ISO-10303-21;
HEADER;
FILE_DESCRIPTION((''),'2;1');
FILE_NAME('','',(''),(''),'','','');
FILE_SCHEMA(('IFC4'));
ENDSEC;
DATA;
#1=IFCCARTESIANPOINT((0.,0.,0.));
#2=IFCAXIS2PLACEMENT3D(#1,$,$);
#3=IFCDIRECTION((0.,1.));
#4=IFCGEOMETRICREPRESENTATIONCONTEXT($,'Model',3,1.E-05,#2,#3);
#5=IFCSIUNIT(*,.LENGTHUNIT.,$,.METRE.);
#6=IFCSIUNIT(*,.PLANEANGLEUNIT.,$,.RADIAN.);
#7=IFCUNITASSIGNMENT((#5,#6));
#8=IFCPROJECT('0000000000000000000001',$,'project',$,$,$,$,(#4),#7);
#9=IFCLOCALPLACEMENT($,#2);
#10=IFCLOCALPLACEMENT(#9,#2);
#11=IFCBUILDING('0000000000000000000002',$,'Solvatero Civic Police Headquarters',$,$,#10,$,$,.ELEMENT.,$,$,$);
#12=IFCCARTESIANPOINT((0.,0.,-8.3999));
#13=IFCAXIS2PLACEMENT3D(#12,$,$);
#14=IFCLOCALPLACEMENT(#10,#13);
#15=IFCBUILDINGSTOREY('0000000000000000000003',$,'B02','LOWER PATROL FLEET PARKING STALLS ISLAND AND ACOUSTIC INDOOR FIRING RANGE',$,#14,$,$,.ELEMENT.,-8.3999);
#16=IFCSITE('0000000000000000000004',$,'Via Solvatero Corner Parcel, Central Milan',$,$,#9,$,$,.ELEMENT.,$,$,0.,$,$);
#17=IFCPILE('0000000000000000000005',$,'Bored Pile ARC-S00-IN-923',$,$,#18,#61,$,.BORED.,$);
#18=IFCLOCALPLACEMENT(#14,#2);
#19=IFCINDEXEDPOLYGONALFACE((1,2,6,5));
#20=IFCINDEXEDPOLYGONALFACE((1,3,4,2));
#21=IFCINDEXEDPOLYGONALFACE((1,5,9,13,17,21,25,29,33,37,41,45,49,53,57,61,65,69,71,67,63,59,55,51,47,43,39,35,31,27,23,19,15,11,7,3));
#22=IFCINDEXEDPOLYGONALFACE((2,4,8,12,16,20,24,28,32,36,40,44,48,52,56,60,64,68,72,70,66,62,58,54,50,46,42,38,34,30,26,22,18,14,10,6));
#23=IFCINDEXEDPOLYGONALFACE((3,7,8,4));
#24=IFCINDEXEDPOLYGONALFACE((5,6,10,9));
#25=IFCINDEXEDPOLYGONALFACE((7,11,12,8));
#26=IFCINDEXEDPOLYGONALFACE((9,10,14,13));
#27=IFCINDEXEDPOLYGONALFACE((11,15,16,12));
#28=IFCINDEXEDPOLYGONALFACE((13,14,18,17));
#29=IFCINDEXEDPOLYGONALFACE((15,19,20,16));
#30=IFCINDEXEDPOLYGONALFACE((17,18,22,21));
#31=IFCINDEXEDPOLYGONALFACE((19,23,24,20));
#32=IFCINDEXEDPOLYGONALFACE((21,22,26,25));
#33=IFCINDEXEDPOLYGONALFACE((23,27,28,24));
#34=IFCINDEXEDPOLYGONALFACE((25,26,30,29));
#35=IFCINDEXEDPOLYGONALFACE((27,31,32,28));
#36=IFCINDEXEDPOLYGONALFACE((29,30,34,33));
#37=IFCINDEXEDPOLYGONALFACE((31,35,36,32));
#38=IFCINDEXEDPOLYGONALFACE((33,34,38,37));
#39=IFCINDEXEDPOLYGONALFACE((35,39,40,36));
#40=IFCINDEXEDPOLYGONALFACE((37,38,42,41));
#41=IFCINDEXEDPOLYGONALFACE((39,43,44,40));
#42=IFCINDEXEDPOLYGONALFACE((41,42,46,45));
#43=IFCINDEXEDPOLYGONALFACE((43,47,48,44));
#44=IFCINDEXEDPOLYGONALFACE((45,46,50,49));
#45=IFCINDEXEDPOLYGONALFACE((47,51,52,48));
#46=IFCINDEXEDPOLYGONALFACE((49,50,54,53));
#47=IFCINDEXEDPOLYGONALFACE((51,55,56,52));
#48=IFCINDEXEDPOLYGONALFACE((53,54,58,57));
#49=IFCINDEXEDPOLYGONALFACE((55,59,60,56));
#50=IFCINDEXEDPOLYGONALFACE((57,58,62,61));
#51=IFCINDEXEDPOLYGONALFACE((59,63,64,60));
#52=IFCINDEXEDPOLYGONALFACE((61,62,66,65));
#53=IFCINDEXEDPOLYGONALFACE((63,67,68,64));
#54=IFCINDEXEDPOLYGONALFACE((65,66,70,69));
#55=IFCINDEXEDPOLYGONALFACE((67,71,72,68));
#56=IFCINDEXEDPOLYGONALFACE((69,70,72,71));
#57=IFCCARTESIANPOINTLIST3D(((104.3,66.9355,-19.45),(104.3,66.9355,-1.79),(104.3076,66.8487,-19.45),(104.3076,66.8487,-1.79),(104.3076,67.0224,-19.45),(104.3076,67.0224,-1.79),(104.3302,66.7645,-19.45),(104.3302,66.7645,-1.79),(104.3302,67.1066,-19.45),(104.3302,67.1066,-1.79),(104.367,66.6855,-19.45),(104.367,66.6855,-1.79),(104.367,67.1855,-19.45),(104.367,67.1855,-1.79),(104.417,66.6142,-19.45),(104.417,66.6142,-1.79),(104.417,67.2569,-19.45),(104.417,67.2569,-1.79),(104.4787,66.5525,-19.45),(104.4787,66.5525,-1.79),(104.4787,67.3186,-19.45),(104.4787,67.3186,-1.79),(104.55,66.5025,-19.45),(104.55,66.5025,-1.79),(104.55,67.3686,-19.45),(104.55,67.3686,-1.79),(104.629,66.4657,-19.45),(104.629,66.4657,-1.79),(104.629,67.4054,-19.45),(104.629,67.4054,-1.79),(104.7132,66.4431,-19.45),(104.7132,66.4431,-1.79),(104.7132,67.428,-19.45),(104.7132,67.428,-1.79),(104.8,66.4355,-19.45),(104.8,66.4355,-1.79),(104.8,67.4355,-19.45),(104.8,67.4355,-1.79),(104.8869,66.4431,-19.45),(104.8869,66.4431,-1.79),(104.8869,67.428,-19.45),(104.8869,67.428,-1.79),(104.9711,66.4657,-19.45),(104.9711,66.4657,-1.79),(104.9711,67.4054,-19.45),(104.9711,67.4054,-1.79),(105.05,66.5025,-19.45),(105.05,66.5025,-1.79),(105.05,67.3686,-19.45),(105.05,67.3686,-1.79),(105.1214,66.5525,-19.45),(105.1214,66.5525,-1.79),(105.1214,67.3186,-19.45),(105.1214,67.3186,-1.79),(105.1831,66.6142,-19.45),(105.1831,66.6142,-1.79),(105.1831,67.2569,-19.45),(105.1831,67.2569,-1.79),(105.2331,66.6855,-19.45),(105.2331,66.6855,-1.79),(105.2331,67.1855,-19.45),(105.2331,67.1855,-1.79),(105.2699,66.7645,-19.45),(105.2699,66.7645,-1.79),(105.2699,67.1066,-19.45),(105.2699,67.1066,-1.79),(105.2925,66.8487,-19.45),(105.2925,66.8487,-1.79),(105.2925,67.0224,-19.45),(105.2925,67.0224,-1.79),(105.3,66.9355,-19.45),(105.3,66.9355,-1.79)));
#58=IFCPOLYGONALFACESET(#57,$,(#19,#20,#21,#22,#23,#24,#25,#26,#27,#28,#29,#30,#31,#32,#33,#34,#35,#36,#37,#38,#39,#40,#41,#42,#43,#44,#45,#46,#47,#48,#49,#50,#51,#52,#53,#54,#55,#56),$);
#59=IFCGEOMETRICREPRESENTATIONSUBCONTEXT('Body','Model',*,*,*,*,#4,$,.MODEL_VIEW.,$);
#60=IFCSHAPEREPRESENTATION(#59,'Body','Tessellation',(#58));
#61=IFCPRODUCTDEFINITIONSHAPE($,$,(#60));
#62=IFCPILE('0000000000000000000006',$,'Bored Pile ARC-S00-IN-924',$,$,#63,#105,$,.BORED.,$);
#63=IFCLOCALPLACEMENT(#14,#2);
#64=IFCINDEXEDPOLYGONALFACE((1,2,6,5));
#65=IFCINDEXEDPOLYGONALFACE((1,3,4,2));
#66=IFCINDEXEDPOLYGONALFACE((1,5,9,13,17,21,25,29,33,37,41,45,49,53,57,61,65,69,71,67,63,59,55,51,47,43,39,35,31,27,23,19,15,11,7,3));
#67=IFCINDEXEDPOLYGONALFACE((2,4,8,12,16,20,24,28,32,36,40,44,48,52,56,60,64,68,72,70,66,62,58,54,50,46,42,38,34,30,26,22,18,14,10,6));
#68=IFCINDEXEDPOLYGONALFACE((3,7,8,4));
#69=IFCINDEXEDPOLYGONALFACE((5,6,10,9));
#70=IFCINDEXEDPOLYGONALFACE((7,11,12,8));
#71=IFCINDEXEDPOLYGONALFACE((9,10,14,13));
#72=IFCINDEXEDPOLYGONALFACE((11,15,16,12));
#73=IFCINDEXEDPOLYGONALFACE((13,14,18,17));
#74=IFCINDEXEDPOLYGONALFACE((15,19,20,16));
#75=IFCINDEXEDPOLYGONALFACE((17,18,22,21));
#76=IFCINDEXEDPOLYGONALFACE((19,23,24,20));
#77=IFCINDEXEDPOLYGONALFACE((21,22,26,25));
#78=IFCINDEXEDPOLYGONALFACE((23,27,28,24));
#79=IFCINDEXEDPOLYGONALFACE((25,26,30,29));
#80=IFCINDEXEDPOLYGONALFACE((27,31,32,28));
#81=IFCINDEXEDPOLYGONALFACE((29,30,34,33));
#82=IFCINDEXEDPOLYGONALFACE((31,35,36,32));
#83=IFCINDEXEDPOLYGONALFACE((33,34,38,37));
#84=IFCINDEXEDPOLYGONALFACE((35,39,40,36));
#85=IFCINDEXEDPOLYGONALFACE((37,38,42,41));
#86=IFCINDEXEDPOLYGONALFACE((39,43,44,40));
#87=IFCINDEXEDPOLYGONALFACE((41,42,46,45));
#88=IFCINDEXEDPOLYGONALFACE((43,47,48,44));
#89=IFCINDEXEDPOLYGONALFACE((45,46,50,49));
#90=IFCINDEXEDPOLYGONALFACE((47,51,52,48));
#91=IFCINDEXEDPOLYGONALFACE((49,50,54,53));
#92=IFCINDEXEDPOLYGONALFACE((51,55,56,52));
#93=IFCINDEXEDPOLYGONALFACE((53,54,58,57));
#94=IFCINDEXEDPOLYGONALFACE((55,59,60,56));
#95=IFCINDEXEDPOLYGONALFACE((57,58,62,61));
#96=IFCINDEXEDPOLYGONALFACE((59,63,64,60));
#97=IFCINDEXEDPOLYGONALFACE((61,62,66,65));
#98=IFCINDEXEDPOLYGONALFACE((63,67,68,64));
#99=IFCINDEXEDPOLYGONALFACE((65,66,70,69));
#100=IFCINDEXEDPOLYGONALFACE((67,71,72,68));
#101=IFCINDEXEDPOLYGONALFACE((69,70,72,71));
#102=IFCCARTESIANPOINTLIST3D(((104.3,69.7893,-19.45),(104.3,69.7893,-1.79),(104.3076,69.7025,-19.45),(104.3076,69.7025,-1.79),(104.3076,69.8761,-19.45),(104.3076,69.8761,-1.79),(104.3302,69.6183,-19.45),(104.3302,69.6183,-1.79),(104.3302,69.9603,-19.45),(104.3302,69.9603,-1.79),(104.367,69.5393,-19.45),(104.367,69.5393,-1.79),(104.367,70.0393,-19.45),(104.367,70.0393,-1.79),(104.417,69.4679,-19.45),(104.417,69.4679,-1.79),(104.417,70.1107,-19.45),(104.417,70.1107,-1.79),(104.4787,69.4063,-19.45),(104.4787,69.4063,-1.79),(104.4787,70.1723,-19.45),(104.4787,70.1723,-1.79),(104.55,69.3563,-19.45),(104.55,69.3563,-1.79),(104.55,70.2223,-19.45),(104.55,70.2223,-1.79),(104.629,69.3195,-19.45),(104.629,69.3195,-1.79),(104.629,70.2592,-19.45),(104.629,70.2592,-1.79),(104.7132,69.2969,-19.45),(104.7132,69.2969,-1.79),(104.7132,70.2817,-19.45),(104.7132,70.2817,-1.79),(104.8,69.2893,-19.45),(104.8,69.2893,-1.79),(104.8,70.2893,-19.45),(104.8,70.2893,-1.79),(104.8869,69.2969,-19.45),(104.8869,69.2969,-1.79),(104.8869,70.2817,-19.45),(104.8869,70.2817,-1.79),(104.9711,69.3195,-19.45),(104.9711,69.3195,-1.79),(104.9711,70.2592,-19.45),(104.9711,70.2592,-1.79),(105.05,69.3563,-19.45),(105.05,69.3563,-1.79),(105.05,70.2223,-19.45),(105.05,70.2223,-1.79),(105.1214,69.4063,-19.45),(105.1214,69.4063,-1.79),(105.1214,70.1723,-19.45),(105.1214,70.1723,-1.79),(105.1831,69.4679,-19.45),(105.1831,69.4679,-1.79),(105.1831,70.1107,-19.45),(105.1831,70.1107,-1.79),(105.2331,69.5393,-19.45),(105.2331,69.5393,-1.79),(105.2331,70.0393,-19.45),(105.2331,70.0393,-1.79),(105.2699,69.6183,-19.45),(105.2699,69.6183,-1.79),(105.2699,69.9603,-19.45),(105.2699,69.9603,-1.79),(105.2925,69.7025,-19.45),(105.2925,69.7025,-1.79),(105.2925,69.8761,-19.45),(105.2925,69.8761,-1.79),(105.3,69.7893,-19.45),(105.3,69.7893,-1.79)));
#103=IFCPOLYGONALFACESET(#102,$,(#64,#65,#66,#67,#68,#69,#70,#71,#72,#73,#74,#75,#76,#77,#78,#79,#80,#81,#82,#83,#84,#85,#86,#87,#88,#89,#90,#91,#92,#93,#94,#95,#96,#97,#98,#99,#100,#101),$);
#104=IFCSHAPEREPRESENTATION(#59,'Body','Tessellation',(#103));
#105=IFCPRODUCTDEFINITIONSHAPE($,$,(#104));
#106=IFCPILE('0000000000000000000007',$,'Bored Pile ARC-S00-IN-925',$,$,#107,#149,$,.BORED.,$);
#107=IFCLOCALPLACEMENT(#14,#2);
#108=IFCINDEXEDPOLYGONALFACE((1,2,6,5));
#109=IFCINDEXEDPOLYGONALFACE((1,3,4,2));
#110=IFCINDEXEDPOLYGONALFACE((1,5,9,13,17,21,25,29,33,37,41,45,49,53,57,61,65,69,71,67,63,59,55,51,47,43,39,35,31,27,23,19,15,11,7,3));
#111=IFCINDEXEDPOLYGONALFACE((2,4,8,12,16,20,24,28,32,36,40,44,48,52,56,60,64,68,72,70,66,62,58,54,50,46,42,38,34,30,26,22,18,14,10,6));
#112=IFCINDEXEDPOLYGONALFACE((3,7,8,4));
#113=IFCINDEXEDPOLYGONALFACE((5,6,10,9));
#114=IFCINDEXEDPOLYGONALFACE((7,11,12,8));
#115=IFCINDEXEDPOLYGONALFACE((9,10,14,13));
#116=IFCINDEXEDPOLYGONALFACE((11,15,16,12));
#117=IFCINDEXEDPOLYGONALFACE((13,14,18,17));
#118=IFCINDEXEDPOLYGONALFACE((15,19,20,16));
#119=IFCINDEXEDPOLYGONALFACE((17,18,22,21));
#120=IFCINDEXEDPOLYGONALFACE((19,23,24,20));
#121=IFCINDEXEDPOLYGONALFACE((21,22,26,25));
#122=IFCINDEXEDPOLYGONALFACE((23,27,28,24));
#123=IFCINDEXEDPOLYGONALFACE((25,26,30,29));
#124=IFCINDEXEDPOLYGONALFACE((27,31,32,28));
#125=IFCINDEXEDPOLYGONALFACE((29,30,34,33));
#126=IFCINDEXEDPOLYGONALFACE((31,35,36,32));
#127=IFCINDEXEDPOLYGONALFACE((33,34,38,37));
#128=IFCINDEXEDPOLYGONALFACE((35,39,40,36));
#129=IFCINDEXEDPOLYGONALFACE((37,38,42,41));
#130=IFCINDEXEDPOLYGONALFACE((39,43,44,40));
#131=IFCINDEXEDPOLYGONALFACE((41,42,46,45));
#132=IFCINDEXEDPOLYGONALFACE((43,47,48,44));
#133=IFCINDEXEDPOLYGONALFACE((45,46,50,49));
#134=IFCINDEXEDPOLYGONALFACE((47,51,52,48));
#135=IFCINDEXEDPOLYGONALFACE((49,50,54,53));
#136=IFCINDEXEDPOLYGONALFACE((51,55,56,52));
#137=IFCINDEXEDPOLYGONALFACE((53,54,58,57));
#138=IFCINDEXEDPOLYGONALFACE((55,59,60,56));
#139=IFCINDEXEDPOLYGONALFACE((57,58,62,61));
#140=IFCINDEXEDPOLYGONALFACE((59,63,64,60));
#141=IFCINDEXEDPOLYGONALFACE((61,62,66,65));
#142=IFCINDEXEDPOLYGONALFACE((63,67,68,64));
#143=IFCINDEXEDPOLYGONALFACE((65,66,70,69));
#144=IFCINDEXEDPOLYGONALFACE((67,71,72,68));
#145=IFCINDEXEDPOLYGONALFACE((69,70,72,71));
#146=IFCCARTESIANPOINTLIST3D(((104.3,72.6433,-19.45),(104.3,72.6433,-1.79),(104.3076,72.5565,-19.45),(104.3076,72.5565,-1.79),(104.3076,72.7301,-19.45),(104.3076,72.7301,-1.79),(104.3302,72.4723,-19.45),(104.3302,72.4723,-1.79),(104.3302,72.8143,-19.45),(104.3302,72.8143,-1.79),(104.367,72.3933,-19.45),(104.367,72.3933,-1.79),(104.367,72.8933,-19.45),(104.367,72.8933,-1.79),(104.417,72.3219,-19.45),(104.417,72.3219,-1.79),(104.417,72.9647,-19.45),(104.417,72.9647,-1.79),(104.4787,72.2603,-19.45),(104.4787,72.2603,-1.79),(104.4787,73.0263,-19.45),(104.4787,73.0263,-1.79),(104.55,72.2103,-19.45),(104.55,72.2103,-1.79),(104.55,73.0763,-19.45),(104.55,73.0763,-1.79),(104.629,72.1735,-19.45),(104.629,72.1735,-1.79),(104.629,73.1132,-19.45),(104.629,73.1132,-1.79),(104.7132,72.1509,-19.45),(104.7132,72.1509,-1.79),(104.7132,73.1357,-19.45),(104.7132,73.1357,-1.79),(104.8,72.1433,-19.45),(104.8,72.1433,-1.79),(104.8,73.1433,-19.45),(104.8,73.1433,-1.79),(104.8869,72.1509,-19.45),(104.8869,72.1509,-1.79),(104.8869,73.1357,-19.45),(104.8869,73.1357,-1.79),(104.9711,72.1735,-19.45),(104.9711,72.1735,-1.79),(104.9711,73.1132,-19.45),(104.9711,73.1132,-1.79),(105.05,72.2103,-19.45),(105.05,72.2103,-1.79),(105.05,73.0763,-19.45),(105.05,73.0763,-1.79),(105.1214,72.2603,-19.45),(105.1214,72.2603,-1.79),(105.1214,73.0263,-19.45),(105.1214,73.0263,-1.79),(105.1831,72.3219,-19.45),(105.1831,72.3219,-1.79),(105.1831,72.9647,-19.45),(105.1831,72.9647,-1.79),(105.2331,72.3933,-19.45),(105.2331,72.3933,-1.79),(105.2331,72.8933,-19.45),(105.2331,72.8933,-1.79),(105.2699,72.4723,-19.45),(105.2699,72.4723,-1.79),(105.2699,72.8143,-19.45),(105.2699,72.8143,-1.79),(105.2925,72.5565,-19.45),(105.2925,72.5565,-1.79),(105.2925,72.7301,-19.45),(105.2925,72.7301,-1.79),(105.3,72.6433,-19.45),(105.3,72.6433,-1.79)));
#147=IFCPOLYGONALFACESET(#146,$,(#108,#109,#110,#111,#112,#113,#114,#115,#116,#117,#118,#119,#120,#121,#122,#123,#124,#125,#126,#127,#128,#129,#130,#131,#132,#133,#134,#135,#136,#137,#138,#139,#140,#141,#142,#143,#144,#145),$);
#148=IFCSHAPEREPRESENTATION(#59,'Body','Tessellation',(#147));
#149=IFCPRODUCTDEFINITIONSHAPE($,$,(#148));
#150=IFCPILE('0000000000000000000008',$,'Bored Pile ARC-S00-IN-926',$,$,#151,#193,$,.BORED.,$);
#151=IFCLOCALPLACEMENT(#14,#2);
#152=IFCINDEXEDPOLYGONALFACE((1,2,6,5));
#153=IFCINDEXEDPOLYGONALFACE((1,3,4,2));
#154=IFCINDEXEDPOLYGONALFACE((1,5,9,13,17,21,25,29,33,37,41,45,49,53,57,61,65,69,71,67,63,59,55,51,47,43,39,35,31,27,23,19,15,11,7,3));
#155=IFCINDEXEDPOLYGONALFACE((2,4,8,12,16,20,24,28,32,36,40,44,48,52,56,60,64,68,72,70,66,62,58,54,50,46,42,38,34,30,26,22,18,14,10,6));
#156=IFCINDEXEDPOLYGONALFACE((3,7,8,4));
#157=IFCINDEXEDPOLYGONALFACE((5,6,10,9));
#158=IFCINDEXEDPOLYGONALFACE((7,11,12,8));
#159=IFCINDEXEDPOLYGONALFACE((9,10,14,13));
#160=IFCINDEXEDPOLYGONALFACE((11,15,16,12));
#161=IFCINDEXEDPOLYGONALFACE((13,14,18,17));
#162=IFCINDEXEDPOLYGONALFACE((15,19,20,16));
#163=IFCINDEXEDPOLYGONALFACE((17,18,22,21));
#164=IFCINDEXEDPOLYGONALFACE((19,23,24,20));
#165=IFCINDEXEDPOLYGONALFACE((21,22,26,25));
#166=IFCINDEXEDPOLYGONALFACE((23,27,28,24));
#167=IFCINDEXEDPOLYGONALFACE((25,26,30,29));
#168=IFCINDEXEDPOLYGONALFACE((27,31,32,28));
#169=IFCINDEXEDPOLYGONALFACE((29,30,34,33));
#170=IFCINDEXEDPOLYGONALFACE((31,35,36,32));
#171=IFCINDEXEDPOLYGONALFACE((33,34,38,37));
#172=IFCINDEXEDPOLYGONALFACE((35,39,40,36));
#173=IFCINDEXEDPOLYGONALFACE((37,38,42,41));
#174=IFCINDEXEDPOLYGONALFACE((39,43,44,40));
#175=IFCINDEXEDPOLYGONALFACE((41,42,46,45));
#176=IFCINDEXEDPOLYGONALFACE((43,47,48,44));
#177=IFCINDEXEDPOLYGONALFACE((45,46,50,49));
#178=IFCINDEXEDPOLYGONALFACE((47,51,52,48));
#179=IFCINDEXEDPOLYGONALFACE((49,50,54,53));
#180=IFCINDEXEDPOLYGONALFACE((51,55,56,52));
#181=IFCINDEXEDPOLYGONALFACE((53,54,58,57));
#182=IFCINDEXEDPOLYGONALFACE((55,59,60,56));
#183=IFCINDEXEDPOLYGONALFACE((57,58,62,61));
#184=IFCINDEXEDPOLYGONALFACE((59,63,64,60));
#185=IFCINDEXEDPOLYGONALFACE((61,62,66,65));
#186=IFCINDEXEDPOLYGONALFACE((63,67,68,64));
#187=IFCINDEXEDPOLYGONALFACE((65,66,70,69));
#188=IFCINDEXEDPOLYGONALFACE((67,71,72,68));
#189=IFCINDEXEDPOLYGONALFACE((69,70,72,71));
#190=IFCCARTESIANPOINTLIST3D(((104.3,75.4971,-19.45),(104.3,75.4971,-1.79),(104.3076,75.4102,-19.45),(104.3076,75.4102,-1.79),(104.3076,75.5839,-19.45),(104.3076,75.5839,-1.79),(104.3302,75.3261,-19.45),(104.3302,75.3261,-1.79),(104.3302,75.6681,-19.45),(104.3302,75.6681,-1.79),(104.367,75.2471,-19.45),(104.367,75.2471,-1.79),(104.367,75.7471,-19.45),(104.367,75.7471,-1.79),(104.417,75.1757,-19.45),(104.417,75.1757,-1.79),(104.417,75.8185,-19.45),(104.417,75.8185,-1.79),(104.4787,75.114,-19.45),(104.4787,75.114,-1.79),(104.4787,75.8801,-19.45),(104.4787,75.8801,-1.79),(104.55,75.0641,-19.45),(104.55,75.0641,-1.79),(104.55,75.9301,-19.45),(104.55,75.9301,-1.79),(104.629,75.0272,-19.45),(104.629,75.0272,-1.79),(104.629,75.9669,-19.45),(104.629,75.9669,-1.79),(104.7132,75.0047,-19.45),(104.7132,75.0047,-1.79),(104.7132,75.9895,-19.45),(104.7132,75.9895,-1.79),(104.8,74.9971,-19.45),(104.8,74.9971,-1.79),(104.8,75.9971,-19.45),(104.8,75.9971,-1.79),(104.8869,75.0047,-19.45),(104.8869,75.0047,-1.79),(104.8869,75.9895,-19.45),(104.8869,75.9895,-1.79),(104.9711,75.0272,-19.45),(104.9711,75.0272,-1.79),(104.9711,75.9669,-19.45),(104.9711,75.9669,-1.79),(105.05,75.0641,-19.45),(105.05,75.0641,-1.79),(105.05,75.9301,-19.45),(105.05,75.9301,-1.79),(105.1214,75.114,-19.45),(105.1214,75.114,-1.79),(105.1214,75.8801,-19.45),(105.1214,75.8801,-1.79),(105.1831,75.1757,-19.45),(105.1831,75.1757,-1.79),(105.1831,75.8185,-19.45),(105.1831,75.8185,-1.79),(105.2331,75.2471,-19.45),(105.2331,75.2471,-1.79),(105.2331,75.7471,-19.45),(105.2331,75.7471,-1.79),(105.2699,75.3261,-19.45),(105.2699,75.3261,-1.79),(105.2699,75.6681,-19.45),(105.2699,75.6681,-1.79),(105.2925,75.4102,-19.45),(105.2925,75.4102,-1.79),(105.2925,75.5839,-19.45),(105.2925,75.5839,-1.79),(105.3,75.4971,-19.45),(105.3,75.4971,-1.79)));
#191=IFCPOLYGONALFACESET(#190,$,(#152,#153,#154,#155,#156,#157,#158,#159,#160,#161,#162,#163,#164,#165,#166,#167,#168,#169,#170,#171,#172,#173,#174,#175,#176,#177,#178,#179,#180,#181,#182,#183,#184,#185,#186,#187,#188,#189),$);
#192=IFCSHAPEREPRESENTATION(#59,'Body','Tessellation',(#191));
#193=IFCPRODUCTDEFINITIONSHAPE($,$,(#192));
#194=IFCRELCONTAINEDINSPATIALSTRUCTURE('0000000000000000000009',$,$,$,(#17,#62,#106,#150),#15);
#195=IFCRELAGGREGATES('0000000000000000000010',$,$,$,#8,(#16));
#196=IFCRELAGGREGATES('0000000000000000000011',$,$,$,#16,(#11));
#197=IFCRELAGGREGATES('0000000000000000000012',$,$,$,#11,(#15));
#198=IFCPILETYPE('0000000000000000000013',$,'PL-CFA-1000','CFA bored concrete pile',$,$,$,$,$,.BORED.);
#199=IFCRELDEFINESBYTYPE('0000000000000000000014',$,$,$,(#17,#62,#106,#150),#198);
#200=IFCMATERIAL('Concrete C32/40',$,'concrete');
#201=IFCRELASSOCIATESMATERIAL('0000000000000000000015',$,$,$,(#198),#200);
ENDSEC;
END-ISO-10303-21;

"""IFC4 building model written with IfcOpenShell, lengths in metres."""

from ifc_helpers import new_model, si_unit, direction, frame, origin, origin_2d, place, context, subcontext, project, spatial, circle, extrude, material, material_profile, profile_set, type_object, element, save


model = new_model("IFC4")

# Units and contexts
model_context = context("Model", 3, precision=1e-05, world=origin(), true_north=direction((0.0, 1.0)))
body_context = subcontext(model_context, "Body", "Model", "MODEL_VIEW")
ifc_project = project(units=[si_unit("LENGTHUNIT", "METRE"), si_unit("PLANEANGLEUNIT", "RADIAN")], contexts=[model_context])

# Site, building, storey
site_placement = place(None, origin())
site = spatial("IfcSite", under=ifc_project, at=site_placement, Name="Via Solvatero Corner Parcel, Central Milan", CompositionType="ELEMENT", RefElevation=0.0)
building_placement = place(site_placement, origin())
building = spatial("IfcBuilding", under=site, at=building_placement, Name="Solvatero Civic Police Headquarters", CompositionType="ELEMENT")
storey_placement = place(building_placement, frame((0.0, 0.0, -8.3999)))
storey = spatial("IfcBuildingStorey", under=building, at=storey_placement, Name="B02", Description="LOWER PATROL FLEET PARKING STALLS ISLAND AND ACOUSTIC INDOOR FIRING RANGE", CompositionType="ELEMENT", Elevation=-8.3999)

# Piles
ifc_material_1 = material(Name="Concrete C32/40", Category="concrete")
ifc_material_profile_1 = material_profile(ifc_material_1, circle(Radius=0.5, at=origin_2d()), Name="CFA PILE D1000")
ifc_profile_set_1 = profile_set([ifc_material_profile_1], Name="Concrete C32/40")
pile_type_1 = type_object("IfcPileType", Name="PL-CFA-1000", Description="CFA bored concrete pile", PredefinedType="BORED", material=ifc_profile_set_1)
for number, where, z_axis, x_axis, name in (
    (1, (104.8, 66.9355, -1.79), (0.0, 0.0, -1.0), (1.0, 0.0, 0.0), "Bored Pile ARC-S00-IN-923"),
    (2, (104.8, 69.7893, -1.79), (0.0, 0.0, -1.0), (1.0, 0.0, 0.0), "Bored Pile ARC-S00-IN-924"),
    (3, (104.8, 72.6433, -1.79), (0.0, 0.0, -1.0), (1.0, 0.0, 0.0), "Bored Pile ARC-S00-IN-925"),
    (4, (104.8, 75.4971, -1.79), (0.0, 0.0, -1.0), (1.0, 0.0, 0.0), "Bored Pile ARC-S00-IN-926"),
):
    element("IfcPile", number, at=place(storey_placement, frame(where, z_axis=z_axis, x_axis=x_axis)), inside=storey, type_object=pile_type_1, Name=name, PredefinedType="BORED", context=body_context, shape_type="SweptSolid", body=[
        extrude(circle(Radius=0.5, at=origin_2d()), origin(), (0.0, 0.0, 1.0), 17.6599),
    ])

save(model, "model.ifc")
